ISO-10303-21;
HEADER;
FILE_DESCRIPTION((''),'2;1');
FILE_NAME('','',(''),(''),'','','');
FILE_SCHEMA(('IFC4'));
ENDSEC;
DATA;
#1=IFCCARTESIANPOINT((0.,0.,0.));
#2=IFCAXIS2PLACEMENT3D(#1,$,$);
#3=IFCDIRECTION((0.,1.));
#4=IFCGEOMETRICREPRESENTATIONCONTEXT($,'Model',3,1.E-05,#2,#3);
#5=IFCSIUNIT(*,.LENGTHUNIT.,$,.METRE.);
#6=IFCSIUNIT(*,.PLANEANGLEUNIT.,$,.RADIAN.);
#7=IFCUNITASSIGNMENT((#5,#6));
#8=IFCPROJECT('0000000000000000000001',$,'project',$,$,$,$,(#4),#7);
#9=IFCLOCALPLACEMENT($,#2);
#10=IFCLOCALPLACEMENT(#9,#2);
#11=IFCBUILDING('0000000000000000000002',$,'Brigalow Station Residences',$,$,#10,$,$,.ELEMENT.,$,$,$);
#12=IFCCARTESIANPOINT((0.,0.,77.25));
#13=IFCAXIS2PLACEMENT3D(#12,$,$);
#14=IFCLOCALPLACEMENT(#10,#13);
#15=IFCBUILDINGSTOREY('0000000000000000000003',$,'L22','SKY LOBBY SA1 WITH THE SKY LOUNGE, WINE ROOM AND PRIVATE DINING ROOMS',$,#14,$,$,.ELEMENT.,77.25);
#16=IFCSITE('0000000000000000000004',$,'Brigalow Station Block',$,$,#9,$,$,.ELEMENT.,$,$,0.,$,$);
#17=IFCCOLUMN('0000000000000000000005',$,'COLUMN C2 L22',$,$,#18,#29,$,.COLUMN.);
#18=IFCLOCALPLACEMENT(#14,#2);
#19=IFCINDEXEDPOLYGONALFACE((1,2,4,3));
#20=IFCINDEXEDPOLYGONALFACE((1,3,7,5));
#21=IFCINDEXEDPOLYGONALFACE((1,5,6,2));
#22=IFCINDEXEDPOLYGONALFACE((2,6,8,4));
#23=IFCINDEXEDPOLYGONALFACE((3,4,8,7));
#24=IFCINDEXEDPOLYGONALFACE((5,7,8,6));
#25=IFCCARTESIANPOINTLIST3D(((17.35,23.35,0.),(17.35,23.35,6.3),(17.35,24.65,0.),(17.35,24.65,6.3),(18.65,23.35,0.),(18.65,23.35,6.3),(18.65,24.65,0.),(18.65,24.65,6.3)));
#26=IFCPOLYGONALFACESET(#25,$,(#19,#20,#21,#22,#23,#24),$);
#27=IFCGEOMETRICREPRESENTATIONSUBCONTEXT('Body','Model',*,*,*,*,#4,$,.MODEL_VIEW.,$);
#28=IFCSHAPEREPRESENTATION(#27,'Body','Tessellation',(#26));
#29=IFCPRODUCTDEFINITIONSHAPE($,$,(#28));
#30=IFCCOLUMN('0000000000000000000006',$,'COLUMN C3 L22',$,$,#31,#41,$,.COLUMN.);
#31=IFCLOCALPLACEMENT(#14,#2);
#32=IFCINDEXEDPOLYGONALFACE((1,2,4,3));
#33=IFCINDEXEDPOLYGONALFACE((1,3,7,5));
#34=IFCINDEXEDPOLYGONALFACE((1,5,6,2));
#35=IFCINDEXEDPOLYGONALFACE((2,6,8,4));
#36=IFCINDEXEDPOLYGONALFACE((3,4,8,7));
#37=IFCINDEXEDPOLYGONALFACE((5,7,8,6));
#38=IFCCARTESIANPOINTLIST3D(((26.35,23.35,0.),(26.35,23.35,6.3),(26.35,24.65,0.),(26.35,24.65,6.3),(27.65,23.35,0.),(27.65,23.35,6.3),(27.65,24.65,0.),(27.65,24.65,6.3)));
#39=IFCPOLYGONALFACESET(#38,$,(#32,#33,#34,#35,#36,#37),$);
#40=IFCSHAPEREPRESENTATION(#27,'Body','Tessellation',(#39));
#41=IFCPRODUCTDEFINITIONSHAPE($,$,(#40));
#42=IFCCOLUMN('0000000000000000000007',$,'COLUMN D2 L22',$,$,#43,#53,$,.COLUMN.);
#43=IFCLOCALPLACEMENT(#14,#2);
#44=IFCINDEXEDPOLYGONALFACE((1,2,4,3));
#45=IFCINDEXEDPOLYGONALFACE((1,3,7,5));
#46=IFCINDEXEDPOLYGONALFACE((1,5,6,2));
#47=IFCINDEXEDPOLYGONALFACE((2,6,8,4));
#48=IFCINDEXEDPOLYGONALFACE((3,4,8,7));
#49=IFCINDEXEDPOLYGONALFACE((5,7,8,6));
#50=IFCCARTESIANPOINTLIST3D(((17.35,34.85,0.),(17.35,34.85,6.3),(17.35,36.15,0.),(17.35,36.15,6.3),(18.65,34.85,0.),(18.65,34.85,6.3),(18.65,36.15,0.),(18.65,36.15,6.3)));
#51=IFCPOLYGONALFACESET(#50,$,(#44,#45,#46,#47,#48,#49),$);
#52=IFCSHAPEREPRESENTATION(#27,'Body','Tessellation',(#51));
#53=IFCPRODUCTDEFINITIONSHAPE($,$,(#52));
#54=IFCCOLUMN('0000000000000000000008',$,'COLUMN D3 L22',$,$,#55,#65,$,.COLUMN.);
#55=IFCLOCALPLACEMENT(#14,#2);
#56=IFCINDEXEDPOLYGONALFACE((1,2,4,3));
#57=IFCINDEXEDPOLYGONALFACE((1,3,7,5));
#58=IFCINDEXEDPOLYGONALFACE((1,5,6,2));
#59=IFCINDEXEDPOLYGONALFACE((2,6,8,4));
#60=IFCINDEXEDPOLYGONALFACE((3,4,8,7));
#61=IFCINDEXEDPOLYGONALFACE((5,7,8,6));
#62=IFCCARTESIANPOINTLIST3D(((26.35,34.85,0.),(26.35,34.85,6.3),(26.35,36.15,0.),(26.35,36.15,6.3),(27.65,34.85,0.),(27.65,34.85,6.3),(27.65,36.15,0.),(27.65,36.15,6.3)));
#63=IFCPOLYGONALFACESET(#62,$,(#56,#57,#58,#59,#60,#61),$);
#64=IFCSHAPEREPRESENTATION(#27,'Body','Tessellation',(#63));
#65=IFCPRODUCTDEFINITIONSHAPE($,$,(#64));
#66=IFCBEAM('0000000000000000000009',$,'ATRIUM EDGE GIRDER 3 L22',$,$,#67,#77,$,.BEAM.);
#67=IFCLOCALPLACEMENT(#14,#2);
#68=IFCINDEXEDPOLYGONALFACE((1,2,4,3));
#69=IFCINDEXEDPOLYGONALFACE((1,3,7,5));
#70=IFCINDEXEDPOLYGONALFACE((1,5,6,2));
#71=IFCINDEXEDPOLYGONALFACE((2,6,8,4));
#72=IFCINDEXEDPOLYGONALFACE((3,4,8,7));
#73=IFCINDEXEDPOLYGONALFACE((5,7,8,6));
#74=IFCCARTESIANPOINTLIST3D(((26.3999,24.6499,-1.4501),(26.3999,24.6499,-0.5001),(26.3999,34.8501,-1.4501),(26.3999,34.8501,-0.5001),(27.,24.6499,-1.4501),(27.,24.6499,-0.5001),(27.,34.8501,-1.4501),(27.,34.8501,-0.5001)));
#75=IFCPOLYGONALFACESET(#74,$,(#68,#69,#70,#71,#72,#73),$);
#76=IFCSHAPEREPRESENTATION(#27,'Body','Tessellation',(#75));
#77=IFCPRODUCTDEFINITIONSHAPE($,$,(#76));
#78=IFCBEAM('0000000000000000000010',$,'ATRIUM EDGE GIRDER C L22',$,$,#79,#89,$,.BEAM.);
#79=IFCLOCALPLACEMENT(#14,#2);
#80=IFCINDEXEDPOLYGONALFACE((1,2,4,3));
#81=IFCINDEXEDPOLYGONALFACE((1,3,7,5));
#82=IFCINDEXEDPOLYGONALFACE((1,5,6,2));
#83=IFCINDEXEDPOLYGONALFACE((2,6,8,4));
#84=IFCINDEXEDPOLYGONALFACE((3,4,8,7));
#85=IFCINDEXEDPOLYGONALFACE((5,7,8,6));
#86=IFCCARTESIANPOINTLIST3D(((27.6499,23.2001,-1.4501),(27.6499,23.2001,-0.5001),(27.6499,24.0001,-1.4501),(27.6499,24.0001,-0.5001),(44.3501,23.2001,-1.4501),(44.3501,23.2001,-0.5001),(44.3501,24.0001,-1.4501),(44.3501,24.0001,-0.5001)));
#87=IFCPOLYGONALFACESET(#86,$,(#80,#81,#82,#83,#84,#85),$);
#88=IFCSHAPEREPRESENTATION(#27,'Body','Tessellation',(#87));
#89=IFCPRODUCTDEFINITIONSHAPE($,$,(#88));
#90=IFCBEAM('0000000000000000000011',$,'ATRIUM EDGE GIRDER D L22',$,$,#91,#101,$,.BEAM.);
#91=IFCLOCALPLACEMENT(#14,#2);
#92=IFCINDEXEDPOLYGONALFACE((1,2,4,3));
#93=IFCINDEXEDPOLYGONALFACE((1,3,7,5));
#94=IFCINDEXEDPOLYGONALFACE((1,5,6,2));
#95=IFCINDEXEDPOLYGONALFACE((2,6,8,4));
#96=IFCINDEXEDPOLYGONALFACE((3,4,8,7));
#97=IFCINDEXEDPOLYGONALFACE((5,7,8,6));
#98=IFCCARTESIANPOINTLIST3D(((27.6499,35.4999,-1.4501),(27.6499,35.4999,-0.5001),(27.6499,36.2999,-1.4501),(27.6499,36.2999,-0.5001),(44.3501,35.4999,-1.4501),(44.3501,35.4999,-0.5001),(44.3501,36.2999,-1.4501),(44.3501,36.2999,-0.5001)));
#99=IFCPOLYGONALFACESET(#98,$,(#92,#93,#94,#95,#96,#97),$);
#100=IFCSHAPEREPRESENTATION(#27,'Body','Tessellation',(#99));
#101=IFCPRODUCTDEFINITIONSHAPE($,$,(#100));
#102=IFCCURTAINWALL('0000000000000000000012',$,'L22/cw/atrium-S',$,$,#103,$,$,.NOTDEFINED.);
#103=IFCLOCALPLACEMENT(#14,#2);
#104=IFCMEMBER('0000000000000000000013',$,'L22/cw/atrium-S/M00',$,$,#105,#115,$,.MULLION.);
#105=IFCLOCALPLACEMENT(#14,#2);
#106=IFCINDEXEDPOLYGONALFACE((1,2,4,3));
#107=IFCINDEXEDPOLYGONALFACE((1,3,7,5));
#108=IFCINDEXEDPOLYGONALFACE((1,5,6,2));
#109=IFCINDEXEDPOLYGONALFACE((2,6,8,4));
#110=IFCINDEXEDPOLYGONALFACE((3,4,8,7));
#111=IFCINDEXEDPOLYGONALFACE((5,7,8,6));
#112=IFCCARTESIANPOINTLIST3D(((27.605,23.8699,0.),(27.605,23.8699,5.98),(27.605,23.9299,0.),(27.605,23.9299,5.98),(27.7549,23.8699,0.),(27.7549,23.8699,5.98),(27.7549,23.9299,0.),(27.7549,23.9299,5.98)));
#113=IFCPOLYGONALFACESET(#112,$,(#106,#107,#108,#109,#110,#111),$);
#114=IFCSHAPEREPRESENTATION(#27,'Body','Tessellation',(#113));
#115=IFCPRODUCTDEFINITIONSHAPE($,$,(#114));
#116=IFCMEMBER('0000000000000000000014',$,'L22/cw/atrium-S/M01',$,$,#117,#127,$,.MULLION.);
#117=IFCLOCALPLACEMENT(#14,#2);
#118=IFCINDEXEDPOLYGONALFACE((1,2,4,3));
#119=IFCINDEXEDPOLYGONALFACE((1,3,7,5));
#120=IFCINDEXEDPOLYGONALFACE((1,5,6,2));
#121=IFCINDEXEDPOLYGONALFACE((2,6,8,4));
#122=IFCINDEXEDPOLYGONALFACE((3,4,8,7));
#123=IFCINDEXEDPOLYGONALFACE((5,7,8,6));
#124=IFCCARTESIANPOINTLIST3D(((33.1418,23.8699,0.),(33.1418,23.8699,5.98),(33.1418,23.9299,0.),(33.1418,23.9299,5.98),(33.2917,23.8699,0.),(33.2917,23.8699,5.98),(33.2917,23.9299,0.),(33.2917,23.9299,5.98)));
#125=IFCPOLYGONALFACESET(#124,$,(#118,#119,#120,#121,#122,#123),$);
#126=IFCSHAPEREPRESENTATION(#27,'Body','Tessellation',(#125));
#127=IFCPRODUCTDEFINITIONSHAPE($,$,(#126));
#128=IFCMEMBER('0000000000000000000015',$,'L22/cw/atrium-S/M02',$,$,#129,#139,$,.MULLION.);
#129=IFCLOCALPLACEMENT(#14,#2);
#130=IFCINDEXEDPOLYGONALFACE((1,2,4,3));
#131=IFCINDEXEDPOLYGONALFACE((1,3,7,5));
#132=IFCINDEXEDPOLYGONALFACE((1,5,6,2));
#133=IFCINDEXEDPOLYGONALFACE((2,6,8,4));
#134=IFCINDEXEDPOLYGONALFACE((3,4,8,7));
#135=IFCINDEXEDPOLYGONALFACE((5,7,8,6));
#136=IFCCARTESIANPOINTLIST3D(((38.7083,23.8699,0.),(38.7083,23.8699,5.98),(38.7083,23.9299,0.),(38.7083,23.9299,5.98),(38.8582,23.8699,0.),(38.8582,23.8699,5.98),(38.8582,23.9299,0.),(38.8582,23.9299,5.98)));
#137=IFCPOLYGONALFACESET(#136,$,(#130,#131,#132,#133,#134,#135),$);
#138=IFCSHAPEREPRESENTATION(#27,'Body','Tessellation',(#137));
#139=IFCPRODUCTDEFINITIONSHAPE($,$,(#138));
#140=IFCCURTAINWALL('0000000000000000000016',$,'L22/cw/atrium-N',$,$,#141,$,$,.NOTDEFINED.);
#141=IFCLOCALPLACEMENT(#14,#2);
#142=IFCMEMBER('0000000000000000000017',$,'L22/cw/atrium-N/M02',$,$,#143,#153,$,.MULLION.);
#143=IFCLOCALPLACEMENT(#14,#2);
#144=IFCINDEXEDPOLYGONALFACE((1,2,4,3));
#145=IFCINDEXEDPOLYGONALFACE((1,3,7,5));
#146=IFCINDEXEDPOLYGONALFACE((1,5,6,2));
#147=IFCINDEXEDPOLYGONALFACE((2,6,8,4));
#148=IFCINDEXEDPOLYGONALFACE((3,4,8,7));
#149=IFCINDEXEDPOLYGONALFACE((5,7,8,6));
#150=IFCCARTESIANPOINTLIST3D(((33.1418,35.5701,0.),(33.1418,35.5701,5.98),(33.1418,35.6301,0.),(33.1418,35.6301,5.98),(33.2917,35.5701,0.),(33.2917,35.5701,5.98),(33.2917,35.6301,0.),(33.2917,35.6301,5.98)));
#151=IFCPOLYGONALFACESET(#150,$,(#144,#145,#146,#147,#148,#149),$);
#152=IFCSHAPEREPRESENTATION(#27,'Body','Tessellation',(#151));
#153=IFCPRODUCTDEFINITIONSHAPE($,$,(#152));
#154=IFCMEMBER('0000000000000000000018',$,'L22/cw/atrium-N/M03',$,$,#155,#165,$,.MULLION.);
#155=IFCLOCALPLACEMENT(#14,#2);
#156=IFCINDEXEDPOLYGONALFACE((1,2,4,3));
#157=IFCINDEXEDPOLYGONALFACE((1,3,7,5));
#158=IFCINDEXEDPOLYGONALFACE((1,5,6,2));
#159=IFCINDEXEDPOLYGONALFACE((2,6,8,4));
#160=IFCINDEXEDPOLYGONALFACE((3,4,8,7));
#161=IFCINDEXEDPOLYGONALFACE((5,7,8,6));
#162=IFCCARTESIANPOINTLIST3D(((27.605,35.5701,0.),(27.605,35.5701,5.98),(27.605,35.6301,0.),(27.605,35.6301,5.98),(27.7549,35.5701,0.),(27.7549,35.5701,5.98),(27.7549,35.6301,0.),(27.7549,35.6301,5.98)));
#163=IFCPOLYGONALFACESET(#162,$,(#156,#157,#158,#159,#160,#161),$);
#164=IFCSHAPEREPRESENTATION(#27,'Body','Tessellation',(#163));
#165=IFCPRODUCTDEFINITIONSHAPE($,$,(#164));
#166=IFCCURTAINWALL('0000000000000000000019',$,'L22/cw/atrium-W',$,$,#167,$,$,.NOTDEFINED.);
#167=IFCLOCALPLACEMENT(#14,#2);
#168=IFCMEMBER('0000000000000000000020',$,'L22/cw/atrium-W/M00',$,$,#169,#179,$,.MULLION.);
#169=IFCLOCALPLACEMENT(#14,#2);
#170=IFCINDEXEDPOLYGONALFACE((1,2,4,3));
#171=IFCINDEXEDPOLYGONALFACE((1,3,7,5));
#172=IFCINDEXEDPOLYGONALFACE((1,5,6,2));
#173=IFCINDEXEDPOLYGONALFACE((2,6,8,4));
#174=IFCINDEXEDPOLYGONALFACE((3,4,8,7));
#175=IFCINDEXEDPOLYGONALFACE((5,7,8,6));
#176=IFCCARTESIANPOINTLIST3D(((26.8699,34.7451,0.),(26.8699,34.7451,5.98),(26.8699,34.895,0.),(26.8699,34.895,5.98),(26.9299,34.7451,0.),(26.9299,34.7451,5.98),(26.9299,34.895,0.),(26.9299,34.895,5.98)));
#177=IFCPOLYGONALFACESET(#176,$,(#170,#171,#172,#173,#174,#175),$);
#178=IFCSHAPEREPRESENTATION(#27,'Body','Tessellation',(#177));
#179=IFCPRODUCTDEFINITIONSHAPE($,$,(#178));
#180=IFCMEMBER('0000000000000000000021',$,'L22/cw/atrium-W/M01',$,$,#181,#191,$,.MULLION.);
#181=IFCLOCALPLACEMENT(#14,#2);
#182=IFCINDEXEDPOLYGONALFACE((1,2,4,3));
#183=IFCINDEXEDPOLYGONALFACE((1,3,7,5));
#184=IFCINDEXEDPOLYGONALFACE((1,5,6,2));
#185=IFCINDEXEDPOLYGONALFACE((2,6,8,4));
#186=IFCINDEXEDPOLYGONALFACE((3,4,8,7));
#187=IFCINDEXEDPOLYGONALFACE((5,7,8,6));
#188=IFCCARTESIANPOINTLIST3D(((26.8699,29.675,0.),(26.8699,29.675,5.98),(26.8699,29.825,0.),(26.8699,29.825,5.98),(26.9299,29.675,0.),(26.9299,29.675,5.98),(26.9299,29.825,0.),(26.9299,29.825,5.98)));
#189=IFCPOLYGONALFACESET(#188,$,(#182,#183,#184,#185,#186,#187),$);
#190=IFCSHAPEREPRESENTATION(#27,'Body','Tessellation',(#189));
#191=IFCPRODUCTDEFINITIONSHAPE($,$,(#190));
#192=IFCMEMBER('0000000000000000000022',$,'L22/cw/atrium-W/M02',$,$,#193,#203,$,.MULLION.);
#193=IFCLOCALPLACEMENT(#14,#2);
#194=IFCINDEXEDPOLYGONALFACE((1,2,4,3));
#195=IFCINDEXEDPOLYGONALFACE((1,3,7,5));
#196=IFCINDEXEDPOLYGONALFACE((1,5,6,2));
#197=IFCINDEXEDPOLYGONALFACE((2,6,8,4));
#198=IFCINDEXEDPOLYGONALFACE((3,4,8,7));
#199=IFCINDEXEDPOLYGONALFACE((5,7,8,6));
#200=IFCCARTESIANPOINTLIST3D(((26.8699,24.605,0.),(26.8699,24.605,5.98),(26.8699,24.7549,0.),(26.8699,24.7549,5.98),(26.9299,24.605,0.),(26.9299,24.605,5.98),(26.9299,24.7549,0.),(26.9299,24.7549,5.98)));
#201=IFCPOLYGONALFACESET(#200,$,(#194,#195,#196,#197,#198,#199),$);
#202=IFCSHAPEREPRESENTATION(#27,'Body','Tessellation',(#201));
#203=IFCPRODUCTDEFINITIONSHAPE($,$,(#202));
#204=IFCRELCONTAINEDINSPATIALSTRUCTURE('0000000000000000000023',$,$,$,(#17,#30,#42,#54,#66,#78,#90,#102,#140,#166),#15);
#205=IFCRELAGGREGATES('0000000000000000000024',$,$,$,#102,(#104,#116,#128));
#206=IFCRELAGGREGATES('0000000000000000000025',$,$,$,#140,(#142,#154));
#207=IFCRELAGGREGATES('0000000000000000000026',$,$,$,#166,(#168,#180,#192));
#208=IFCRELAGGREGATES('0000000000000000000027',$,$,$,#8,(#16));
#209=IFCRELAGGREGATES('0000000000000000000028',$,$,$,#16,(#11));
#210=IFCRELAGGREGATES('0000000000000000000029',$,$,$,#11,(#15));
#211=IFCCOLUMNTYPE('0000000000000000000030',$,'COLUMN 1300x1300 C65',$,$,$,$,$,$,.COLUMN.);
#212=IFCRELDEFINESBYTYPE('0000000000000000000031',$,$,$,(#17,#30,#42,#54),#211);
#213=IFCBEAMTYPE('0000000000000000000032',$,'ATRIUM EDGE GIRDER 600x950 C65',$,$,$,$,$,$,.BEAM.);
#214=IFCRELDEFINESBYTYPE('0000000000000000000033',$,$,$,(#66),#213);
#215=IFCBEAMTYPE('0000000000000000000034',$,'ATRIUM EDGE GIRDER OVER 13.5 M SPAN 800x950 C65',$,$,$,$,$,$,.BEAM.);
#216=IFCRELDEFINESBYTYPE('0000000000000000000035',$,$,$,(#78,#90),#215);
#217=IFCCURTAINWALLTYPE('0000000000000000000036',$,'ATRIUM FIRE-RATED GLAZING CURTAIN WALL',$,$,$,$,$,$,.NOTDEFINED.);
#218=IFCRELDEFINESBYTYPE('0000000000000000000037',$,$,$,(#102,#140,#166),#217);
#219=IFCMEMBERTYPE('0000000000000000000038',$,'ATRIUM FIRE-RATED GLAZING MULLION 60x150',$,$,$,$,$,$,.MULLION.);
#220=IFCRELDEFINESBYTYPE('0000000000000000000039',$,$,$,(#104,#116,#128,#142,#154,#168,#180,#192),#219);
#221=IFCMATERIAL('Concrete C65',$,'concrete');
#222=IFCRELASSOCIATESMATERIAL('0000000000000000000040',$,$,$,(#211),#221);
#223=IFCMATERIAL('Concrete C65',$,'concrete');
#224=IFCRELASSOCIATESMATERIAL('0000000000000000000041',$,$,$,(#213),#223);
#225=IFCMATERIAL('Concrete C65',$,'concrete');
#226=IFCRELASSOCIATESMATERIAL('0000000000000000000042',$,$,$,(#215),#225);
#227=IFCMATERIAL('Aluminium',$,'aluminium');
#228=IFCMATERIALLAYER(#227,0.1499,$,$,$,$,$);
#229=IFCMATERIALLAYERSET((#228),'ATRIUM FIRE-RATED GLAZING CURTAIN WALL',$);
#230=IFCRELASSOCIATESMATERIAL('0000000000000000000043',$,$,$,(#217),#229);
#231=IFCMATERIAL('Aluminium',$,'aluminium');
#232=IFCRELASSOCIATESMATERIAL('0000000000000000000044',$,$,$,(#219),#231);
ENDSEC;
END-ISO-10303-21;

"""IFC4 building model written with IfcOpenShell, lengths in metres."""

from ifc_helpers import new_model, si_unit, direction, frame, origin, origin_2d, place, context, subcontext, project, spatial, rectangle, extrude, material, layer, layer_set, material_profile, profile_set, type_object, element, aggregate, save


model = new_model("IFC4")

# Units and contexts
model_context = context("Model", 3, precision=1e-05, world=origin(), true_north=direction((0.0, 1.0)))
body_context = subcontext(model_context, "Body", "Model", "MODEL_VIEW")
ifc_project = project(units=[si_unit("LENGTHUNIT", "METRE"), si_unit("PLANEANGLEUNIT", "RADIAN")], contexts=[model_context])

# Site, building, storey
site_placement = place(None, origin())
site = spatial("IfcSite", under=ifc_project, at=site_placement, Name="Brigalow Station Block", CompositionType="ELEMENT", RefElevation=0.0)
building_placement = place(site_placement, origin())
building = spatial("IfcBuilding", under=site, at=building_placement, Name="Brigalow Station Residences", CompositionType="ELEMENT")
storey_placement = place(building_placement, frame((0.0, 0.0, 77.25)))
storey = spatial("IfcBuildingStorey", under=building, at=storey_placement, Name="L22", Description="SKY LOBBY SA1 WITH THE SKY LOUNGE, WINE ROOM AND PRIVATE DINING ROOMS", CompositionType="ELEMENT", Elevation=77.25)

# Columns
ifc_material_1 = material(Name="Concrete C65", Category="concrete")
ifc_material_profile_1 = material_profile(ifc_material_1, rectangle(XDim=1.3, YDim=1.3, at=origin_2d()), Name="RC1300x1300")
ifc_profile_set_1 = profile_set([ifc_material_profile_1], Name="Concrete C65")
column_type = type_object("IfcColumnType", Name="COLUMN 1300x1300 C65", PredefinedType="COLUMN", material=ifc_profile_set_1)
for number, where, z_axis, x_axis, name in (
    (1, (18.0, 24.0, 0.0), (0.0, 0.0, 1.0), (1.0, 0.0, 0.0), "COLUMN C2 L22"),
    (2, (27.0, 24.0, 0.0), (0.0, 0.0, 1.0), (1.0, 0.0, 0.0), "COLUMN C3 L22"),
    (3, (18.0, 35.5, 0.0), (0.0, 0.0, 1.0), (1.0, 0.0, 0.0), "COLUMN D2 L22"),
    (4, (27.0, 35.5, 0.0), (0.0, 0.0, 1.0), (1.0, 0.0, 0.0), "COLUMN D3 L22"),
):
    element("IfcColumn", number, at=place(storey_placement, frame(where, z_axis=z_axis, x_axis=x_axis)), inside=storey, type_object=column_type, Name=name, PredefinedType="COLUMN", context=body_context, shape_type="SweptSolid", body=[
        extrude(rectangle(XDim=1.3, YDim=1.3, at=origin_2d()), origin(), (0.0, 0.0, 1.0), 6.3),
    ])

# Beams
ifc_material_2 = material(Name="Concrete C65", Category="concrete")
ifc_material_profile_2 = material_profile(ifc_material_2, rectangle(XDim=0.6001, YDim=0.95, at=origin_2d()), Name="RC600x950")
ifc_profile_set_2 = profile_set([ifc_material_profile_2], Name="Concrete C65")
beam_type_1 = type_object("IfcBeamType", Name="ATRIUM EDGE GIRDER 600x950 C65", PredefinedType="BEAM", material=ifc_profile_set_2)
beam_placement = place(storey_placement, frame((26.7, 24.6499, -0.9751), z_axis=(0.0, 1.0, 0.0), x_axis=(-1.0, 0.0, 0.0)))
element("IfcBeam", 5, at=beam_placement, inside=storey, type_object=beam_type_1, Name="ATRIUM EDGE GIRDER 3 L22", PredefinedType="BEAM", context=body_context, shape_type="SweptSolid", body=[
    extrude(rectangle(XDim=0.6001, YDim=0.95, at=origin_2d()), origin(), (0.0, 0.0, 1.0), 10.2002),
])
ifc_material_3 = material(Name="Concrete C65", Category="concrete")
ifc_material_profile_3 = material_profile(ifc_material_3, rectangle(XDim=0.8, YDim=0.95, at=origin_2d()), Name="RC800x950")
ifc_profile_set_3 = profile_set([ifc_material_profile_3], Name="Concrete C65")
beam_type_2 = type_object("IfcBeamType", Name="ATRIUM EDGE GIRDER OVER 13.5 M SPAN 800x950 C65", PredefinedType="BEAM", material=ifc_profile_set_3)
for number, where, z_axis, x_axis, name in (
    (6, (27.6499, 23.6001, -0.9751), (1.0, 0.0, 0.0), (0.0, 1.0, 0.0), "ATRIUM EDGE GIRDER C L22"),
    (7, (27.6499, 35.8999, -0.9751), (1.0, 0.0, 0.0), (0.0, 1.0, 0.0), "ATRIUM EDGE GIRDER D L22"),
):
    element("IfcBeam", number, at=place(storey_placement, frame(where, z_axis=z_axis, x_axis=x_axis)), inside=storey, type_object=beam_type_2, Name=name, PredefinedType="BEAM", context=body_context, shape_type="SweptSolid", body=[
        extrude(rectangle(XDim=0.8, YDim=0.95, at=origin_2d()), origin(), (0.0, 0.0, 1.0), 16.7002),
    ])

# Curtain walls, members
ifc_material_4 = material(Name="Aluminium", Category="aluminium")
ifc_layer_1 = layer(ifc_material_4, 0.1499)
ifc_layer_set_1 = layer_set([ifc_layer_1], Name="ATRIUM FIRE-RATED GLAZING CURTAIN WALL")
curtain_wall_type = type_object("IfcCurtainWallType", Name="ATRIUM FIRE-RATED GLAZING CURTAIN WALL", PredefinedType="NOTDEFINED", material=ifc_layer_set_1)
curtain_wall_1_placement = place(storey_placement, origin())
curtain_wall_1 = element("IfcCurtainWall", 8, at=curtain_wall_1_placement, inside=storey, type_object=curtain_wall_type, Name="L22/cw/atrium-S", PredefinedType="NOTDEFINED")
ifc_material_5 = material(Name="Aluminium", Category="aluminium")
ifc_material_profile_4 = material_profile(ifc_material_5, rectangle(XDim=0.0601, YDim=0.1499, at=origin_2d()), Name="ATRIUM FIRE-RATED GLAZING MULLION 60x150")
ifc_profile_set_4 = profile_set([ifc_material_profile_4], Name="Aluminium")
member_type_1 = type_object("IfcMemberType", Name="ATRIUM FIRE-RATED GLAZING MULLION 60x150", PredefinedType="MULLION", material=ifc_profile_set_4)
member_1_placement = place(storey_placement, frame((27.6799, 23.8999, 0.0), z_axis=(0.0, 0.0, 1.0), x_axis=(0.0, 1.0, 0.0)))
member_1 = element("IfcMember", 9, at=member_1_placement, type_object=member_type_1, Name="L22/cw/atrium-S/M00", PredefinedType="MULLION", context=body_context, shape_type="SweptSolid", body=[
    extrude(rectangle(XDim=0.0601, YDim=0.1499, at=origin_2d()), origin(), (0.0, 0.0, 1.0), 5.98),
])
member_2_placement = place(storey_placement, frame((33.2168, 23.8999, 0.0), z_axis=(0.0, 0.0, 1.0), x_axis=(0.0, 1.0, 0.0)))
member_2 = element("IfcMember", 10, at=member_2_placement, type_object=member_type_1, Name="L22/cw/atrium-S/M01", PredefinedType="MULLION", context=body_context, shape_type="SweptSolid", body=[
    extrude(rectangle(XDim=0.0601, YDim=0.1499, at=origin_2d()), origin(), (0.0, 0.0, 1.0), 5.98),
])
member_3_placement = place(storey_placement, frame((38.7832, 23.8999, 0.0), z_axis=(0.0, 0.0, 1.0), x_axis=(0.0, 1.0, 0.0)))
member_3 = element("IfcMember", 11, at=member_3_placement, type_object=member_type_1, Name="L22/cw/atrium-S/M02", PredefinedType="MULLION", context=body_context, shape_type="SweptSolid", body=[
    extrude(rectangle(XDim=0.0601, YDim=0.1499, at=origin_2d()), origin(), (0.0, 0.0, 1.0), 5.98),
])
curtain_wall_2_placement = place(storey_placement, origin())
curtain_wall_2 = element("IfcCurtainWall", 12, at=curtain_wall_2_placement, inside=storey, type_object=curtain_wall_type, Name="L22/cw/atrium-N", PredefinedType="NOTDEFINED")
member_4_placement = place(storey_placement, frame((33.2168, 35.6001, 0.0), z_axis=(0.0, 0.0, 1.0), x_axis=(0.0, -1.0, 0.0)))
member_4 = element("IfcMember", 13, at=member_4_placement, type_object=member_type_1, Name="L22/cw/atrium-N/M02", PredefinedType="MULLION", context=body_context, shape_type="SweptSolid", body=[
    extrude(rectangle(XDim=0.0601, YDim=0.1499, at=origin_2d()), origin(), (0.0, 0.0, 1.0), 5.98),
])
member_5_placement = place(storey_placement, frame((27.6799, 35.6001, 0.0), z_axis=(0.0, 0.0, 1.0), x_axis=(0.0, -1.0, 0.0)))
member_5 = element("IfcMember", 14, at=member_5_placement, type_object=member_type_1, Name="L22/cw/atrium-N/M03", PredefinedType="MULLION", context=body_context, shape_type="SweptSolid", body=[
    extrude(rectangle(XDim=0.0601, YDim=0.1499, at=origin_2d()), origin(), (0.0, 0.0, 1.0), 5.98),
])
curtain_wall_3_placement = place(storey_placement, origin())
curtain_wall_3 = element("IfcCurtainWall", 15, at=curtain_wall_3_placement, inside=storey, type_object=curtain_wall_type, Name="L22/cw/atrium-W", PredefinedType="NOTDEFINED")
member_6_placement = place(storey_placement, frame((26.8999, 34.8201, 0.0), z_axis=(0.0, 0.0, 1.0), x_axis=(1.0, 0.0, 0.0)))
member_6 = element("IfcMember", 16, at=member_6_placement, type_object=member_type_1, Name="L22/cw/atrium-W/M00", PredefinedType="MULLION", context=body_context, shape_type="SweptSolid", body=[
    extrude(rectangle(XDim=0.0601, YDim=0.1499, at=origin_2d()), origin(), (0.0, 0.0, 1.0), 5.98),
])
member_7_placement = place(storey_placement, frame((26.8999, 29.75, 0.0), z_axis=(0.0, 0.0, 1.0), x_axis=(1.0, 0.0, 0.0)))
member_7 = element("IfcMember", 17, at=member_7_placement, type_object=member_type_1, Name="L22/cw/atrium-W/M01", PredefinedType="MULLION", context=body_context, shape_type="SweptSolid", body=[
    extrude(rectangle(XDim=0.0601, YDim=0.1499, at=origin_2d()), origin(), (0.0, 0.0, 1.0), 5.98),
])
member_8_placement = place(storey_placement, frame((26.8999, 24.6799, 0.0), z_axis=(0.0, 0.0, 1.0), x_axis=(1.0, 0.0, 0.0)))
member_8 = element("IfcMember", 18, at=member_8_placement, type_object=member_type_1, Name="L22/cw/atrium-W/M02", PredefinedType="MULLION", context=body_context, shape_type="SweptSolid", body=[
    extrude(rectangle(XDim=0.0601, YDim=0.1499, at=origin_2d()), origin(), (0.0, 0.0, 1.0), 5.98),
])

aggregate(curtain_wall_1, [member_1, member_2, member_3])
aggregate(curtain_wall_2, [member_4, member_5])
aggregate(curtain_wall_3, [member_6, member_7, member_8])

save(model, "model.ifc")
